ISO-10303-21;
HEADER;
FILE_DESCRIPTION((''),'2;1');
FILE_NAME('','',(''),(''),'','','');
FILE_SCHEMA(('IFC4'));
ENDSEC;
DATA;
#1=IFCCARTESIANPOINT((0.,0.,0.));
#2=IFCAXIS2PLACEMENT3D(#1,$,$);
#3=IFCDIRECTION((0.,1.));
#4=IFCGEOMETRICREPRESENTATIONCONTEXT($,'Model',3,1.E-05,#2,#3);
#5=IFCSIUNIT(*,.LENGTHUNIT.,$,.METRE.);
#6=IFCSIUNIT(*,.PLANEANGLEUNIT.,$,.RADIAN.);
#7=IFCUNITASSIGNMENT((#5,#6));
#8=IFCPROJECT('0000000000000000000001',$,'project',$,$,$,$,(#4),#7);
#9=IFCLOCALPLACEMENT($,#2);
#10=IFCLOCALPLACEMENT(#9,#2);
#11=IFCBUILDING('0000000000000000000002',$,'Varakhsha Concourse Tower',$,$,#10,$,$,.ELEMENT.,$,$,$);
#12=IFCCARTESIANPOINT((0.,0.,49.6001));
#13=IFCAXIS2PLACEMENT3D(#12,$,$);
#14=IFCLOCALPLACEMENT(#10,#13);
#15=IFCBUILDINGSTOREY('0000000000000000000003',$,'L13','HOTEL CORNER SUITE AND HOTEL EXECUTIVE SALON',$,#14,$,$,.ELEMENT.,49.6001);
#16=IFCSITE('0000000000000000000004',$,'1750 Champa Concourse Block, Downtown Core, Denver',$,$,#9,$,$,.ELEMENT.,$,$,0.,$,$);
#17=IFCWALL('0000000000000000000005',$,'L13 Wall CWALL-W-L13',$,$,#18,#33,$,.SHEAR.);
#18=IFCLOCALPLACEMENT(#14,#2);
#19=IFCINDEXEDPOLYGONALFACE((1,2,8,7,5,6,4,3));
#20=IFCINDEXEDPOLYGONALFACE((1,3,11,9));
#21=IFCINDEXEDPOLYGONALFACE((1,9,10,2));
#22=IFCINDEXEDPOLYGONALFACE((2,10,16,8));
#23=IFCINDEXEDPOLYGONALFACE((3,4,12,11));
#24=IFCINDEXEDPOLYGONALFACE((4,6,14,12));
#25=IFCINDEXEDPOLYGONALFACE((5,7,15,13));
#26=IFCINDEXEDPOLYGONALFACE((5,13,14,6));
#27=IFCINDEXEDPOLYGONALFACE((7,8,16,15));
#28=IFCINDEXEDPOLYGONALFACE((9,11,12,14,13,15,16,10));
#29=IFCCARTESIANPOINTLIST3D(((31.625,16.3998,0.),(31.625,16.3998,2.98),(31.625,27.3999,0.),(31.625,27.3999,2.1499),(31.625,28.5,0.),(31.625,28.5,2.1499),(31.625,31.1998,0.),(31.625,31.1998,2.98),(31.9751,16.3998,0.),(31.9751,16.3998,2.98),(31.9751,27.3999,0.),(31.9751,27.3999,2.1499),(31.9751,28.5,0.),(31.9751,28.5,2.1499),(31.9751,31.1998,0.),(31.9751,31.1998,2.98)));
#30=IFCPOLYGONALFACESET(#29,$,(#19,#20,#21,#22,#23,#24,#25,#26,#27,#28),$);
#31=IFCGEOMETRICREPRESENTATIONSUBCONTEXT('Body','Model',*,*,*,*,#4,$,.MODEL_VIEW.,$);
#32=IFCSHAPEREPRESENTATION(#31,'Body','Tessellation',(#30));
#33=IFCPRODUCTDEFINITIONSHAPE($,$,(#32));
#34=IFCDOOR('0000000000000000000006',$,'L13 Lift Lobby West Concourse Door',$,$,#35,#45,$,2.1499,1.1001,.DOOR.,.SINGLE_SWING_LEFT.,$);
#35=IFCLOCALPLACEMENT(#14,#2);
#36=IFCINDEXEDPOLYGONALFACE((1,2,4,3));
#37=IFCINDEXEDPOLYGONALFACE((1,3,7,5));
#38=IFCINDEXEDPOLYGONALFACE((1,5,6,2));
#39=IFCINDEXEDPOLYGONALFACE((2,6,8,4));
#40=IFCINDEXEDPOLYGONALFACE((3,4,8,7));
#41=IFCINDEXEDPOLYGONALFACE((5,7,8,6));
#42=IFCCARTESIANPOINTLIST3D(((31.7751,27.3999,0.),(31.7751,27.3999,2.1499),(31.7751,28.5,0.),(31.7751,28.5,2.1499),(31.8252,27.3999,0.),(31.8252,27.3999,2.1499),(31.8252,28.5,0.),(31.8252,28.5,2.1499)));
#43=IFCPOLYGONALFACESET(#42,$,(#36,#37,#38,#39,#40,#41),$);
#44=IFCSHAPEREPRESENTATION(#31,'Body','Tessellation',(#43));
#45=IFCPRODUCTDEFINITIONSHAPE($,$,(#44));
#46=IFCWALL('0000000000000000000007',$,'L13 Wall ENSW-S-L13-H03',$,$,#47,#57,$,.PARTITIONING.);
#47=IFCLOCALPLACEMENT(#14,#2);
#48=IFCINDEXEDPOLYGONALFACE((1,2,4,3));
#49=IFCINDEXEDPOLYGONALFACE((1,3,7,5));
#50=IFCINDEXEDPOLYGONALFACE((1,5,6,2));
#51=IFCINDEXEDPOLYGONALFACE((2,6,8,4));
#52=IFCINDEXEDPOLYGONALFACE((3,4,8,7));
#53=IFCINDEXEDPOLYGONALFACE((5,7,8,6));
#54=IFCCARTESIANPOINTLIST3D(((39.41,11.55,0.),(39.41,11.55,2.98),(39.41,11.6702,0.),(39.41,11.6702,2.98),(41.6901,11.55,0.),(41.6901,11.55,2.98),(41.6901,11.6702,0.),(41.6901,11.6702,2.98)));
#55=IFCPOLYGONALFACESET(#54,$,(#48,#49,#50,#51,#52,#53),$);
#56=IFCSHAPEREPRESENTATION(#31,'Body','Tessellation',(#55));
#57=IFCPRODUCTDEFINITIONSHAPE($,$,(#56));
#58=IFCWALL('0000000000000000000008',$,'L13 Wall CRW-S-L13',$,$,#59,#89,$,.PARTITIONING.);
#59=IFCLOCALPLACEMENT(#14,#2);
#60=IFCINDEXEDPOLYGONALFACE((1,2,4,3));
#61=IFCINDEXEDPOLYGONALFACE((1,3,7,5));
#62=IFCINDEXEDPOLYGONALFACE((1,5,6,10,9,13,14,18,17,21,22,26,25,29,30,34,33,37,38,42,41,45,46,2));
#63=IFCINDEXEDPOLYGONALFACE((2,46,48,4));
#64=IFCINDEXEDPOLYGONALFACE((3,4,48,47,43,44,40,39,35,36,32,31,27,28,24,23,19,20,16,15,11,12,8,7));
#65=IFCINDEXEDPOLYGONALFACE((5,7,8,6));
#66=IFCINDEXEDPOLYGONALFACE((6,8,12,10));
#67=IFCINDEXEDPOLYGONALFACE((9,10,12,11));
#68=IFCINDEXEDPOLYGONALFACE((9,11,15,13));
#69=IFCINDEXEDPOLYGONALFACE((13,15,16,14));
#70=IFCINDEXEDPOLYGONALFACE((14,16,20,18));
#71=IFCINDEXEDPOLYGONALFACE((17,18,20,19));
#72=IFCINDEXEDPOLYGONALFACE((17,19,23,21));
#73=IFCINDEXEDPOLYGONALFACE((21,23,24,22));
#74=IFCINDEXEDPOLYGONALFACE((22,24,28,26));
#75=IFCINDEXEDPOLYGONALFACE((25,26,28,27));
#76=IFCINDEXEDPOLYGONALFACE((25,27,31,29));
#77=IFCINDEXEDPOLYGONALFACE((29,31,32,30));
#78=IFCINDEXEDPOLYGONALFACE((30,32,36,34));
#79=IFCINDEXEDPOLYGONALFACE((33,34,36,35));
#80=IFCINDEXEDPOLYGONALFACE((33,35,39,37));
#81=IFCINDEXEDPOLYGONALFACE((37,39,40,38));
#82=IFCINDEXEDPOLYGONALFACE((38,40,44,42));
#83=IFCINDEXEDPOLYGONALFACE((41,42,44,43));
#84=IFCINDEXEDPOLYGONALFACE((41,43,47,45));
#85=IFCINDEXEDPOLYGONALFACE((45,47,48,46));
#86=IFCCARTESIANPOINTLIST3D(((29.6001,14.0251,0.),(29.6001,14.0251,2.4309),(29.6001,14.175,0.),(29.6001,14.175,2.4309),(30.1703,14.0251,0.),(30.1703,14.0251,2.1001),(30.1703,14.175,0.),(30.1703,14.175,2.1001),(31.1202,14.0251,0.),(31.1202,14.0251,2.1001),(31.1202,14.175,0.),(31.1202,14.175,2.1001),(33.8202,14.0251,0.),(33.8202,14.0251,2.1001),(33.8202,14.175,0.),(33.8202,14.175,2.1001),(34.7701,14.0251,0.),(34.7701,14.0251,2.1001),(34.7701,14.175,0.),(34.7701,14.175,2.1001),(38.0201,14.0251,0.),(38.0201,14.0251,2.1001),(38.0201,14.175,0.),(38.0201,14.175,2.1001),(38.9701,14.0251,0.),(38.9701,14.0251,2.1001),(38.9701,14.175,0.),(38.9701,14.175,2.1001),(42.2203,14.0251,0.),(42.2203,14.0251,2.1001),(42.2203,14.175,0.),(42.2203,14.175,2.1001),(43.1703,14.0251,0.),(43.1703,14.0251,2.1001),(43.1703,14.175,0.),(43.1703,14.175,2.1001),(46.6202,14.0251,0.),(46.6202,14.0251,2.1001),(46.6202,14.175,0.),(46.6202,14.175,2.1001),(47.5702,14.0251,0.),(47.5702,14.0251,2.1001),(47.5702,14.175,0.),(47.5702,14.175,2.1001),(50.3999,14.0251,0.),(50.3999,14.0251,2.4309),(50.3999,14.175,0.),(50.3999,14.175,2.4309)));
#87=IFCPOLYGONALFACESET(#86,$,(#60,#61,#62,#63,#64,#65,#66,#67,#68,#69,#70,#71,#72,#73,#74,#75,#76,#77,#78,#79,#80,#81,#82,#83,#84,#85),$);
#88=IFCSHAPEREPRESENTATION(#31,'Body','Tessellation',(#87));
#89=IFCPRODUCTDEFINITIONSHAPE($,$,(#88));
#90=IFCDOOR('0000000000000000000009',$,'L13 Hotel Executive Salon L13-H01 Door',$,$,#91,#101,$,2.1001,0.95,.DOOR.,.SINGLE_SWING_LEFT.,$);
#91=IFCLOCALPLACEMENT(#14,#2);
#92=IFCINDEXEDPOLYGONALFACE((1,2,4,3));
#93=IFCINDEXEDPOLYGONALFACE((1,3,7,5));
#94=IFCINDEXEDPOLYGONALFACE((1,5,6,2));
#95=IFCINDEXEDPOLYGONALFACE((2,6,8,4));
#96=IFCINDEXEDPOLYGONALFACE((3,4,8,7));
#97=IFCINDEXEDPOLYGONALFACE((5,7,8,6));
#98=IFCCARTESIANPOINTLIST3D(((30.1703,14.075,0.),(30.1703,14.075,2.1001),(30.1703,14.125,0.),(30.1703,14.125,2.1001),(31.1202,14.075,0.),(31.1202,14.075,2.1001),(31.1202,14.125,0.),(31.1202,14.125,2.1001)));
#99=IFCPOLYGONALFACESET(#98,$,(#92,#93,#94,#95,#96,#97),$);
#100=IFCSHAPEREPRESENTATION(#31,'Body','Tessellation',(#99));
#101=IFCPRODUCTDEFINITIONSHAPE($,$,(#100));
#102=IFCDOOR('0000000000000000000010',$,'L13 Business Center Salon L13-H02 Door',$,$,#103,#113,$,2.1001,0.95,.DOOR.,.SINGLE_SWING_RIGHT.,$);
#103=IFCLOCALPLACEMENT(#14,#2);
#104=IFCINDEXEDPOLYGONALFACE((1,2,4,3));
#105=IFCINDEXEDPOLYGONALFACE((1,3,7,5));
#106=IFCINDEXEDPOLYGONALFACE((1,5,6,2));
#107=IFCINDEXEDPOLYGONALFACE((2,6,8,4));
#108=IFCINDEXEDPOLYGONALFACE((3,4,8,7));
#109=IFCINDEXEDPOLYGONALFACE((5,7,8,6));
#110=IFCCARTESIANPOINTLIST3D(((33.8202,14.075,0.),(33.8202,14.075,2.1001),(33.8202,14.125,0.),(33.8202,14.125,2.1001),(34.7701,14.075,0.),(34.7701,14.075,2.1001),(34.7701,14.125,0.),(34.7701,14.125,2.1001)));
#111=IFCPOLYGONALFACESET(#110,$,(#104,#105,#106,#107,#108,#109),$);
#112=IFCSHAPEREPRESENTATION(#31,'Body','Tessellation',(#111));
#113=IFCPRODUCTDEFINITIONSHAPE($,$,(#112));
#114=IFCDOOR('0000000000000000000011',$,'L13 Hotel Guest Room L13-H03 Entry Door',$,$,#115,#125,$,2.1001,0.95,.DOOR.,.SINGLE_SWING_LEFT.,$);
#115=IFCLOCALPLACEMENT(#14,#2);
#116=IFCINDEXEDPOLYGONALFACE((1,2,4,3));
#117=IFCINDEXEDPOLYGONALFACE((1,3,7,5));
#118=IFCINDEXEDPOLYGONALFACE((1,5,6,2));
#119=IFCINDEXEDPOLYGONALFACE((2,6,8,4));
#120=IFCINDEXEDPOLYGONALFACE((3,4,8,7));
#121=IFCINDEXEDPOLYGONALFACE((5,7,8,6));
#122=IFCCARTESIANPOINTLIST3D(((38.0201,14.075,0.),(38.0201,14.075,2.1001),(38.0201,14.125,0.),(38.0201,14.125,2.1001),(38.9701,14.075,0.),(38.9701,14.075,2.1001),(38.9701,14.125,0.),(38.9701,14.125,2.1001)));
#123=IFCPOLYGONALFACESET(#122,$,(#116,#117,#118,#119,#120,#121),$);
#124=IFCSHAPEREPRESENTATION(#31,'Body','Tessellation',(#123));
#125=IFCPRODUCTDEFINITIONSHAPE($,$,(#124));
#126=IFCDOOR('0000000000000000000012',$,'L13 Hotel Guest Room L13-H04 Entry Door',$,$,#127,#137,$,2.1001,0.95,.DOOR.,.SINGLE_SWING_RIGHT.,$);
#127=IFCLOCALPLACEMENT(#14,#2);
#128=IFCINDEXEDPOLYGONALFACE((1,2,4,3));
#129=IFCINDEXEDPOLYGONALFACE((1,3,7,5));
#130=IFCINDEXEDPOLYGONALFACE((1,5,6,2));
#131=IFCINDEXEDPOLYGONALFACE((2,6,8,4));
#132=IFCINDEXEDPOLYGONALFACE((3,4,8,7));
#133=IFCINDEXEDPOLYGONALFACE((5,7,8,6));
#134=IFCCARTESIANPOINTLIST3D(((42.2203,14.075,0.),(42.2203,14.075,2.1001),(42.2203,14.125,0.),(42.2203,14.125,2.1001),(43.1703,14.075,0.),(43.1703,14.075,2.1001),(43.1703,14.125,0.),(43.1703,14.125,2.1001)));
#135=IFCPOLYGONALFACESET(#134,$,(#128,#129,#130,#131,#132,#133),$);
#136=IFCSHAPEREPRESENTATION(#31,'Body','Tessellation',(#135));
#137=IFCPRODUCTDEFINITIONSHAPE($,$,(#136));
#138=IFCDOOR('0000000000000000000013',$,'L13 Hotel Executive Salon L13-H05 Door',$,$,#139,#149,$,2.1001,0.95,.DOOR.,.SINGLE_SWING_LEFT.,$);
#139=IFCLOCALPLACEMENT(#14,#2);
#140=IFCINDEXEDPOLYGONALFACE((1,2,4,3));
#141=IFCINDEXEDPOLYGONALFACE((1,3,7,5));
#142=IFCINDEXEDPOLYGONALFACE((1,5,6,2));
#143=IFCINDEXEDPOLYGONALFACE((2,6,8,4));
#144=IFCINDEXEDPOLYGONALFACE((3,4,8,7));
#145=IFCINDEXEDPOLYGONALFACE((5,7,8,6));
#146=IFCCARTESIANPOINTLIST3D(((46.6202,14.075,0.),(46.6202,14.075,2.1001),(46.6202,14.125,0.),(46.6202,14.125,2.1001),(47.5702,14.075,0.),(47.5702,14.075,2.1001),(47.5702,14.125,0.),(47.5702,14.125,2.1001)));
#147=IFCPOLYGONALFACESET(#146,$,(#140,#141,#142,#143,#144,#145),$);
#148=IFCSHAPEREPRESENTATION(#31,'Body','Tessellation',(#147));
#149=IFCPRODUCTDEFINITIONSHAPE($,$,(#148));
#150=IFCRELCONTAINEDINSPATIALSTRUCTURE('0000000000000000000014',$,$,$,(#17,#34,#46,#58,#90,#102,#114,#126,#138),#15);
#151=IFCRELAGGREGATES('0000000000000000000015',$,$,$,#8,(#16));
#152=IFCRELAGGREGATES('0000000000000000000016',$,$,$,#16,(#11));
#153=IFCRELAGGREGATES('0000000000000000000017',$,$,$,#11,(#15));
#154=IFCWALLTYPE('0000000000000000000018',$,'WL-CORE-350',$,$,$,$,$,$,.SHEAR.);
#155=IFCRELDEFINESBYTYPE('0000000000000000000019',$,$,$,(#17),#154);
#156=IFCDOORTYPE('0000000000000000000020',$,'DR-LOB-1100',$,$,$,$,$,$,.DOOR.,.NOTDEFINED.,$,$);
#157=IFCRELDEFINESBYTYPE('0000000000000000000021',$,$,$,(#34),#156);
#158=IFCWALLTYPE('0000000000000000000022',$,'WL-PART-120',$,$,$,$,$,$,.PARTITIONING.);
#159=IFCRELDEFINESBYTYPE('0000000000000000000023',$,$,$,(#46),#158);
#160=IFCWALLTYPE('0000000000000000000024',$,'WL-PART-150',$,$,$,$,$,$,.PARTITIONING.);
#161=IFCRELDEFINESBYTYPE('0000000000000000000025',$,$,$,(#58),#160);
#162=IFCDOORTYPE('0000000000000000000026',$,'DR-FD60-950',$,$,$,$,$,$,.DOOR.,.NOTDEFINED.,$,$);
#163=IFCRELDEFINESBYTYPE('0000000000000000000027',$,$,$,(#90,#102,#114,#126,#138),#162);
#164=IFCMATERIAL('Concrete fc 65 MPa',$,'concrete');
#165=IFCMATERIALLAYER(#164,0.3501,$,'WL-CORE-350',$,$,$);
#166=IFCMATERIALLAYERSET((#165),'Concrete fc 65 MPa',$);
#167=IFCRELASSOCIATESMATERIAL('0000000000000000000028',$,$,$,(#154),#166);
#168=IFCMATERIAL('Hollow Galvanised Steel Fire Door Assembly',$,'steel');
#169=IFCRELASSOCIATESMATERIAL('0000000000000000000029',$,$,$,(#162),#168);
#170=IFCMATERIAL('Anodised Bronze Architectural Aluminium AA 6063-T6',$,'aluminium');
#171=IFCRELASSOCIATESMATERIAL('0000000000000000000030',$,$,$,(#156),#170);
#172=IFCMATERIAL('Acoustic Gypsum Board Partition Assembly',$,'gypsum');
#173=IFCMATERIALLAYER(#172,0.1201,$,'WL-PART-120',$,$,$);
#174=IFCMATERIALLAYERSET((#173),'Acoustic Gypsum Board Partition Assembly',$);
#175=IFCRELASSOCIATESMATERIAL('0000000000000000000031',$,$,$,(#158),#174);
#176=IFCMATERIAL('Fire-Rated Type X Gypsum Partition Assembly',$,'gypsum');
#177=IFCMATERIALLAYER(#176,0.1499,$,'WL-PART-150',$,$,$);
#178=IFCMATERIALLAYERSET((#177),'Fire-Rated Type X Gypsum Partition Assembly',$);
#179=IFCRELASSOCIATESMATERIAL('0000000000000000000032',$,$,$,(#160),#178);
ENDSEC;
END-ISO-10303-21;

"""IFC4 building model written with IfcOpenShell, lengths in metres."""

from ifc_helpers import new_model, si_unit, direction, frame, frame_2d, origin, place, context, subcontext, project, spatial, rectangle, extrude, material, layer, layer_set, type_object, element, fill, save


model = new_model("IFC4")

# Units and contexts
model_context = context("Model", 3, precision=1e-05, world=origin(), true_north=direction((0.0, 1.0)))
body_context = subcontext(model_context, "Body", "Model", "MODEL_VIEW")
ifc_project = project(units=[si_unit("LENGTHUNIT", "METRE"), si_unit("PLANEANGLEUNIT", "RADIAN")], contexts=[model_context])

# Site, building, storey
site_placement = place(None, origin())
site = spatial("IfcSite", under=ifc_project, at=site_placement, Name="1750 Champa Concourse Block, Downtown Core, Denver", CompositionType="ELEMENT", RefElevation=0.0)
building_placement = place(site_placement, origin())
building = spatial("IfcBuilding", under=site, at=building_placement, Name="Varakhsha Concourse Tower", CompositionType="ELEMENT")
storey_placement = place(building_placement, frame((0.0, 0.0, 49.6001)))
storey = spatial("IfcBuildingStorey", under=building, at=storey_placement, Name="L13", Description="HOTEL CORNER SUITE AND HOTEL EXECUTIVE SALON", CompositionType="ELEMENT", Elevation=49.6001)

# Shared definitions
ifc_material_1 = material(Name="Concrete fc 65 MPa", Category="concrete")
ifc_layer_1 = layer(ifc_material_1, 0.3501, Name="WL-CORE-350")
ifc_layer_set_1 = layer_set([ifc_layer_1], Name="Concrete fc 65 MPa")
wall_type_1 = type_object("IfcWallType", Name="WL-CORE-350", PredefinedType="SHEAR", material=ifc_layer_set_1)
ifc_material_2 = material(Name="Hollow Galvanised Steel Fire Door Assembly", Category="steel")
door_type_1 = type_object("IfcDoorType", Name="DR-FD60-950", OperationType="NOTDEFINED", PredefinedType="DOOR", material=ifc_material_2)

# Wall, opening, door
wall_1_placement = place(storey_placement, frame((31.8, 16.3999, 0.0), z_axis=(0.0, 0.0, 1.0), x_axis=(0.0, 1.0, 0.0)))
wall_1 = element("IfcWall", 1, at=wall_1_placement, inside=storey, type_object=wall_type_1, Name="L13 Wall CWALL-W-L13", PredefinedType="SHEAR", context=body_context, shape_type="SweptSolid", body=[
    extrude(rectangle(XDim=14.8, YDim=0.3501, at=frame_2d((7.3999, 0.0))), origin(), (0.0, 0.0, 1.0), 2.98),
])
opening_1_placement = place(wall_1_placement, frame((11.0, 0.0, 0.0)))
opening_1 = element("IfcOpeningElement", 2, at=opening_1_placement, cuts=wall_1, PredefinedType="OPENING", context=body_context, shape_type="SweptSolid", body=[
    extrude(rectangle(XDim=1.1001, YDim=2.1499, at=frame_2d((0.55, 1.075))), frame((0.0, 0.1851, 0.0), z_axis=(0.0, -1.0, 0.0), x_axis=(1.0, 0.0, 0.0)), (0.0, 0.0, 1.0), 0.3701),
])
ifc_material_3 = material(Name="Anodised Bronze Architectural Aluminium AA 6063-T6", Category="aluminium")
door_type_2 = type_object("IfcDoorType", Name="DR-LOB-1100", OperationType="NOTDEFINED", PredefinedType="DOOR", material=ifc_material_3)
door_1_placement = place(opening_1_placement, origin())
door_1 = element("IfcDoor", 3, at=door_1_placement, inside=storey, type_object=door_type_2, Name="L13 Lift Lobby West Concourse Door", OperationType="SINGLE_SWING_LEFT", OverallHeight=2.1499, OverallWidth=1.1001, PredefinedType="DOOR", context=body_context, shape_type="SweptSolid", body=[
    extrude(rectangle(XDim=1.1001, YDim=2.1499, at=frame_2d((0.55, 1.075))), frame((0.0, 0.0249, 0.0), z_axis=(0.0, -1.0, 0.0), x_axis=(1.0, 0.0, 0.0)), (0.0, 0.0, 1.0), 0.05),
])
fill(opening_1, door_1)

# Wall
ifc_material_4 = material(Name="Acoustic Gypsum Board Partition Assembly", Category="gypsum")
ifc_layer_2 = layer(ifc_material_4, 0.1201, Name="WL-PART-120")
ifc_layer_set_2 = layer_set([ifc_layer_2], Name="Acoustic Gypsum Board Partition Assembly")
wall_type_2 = type_object("IfcWallType", Name="WL-PART-120", PredefinedType="PARTITIONING", material=ifc_layer_set_2)
wall_2_placement = place(storey_placement, frame((39.4099, 11.6101, 0.0), z_axis=(0.0, 0.0, 1.0), x_axis=(1.0, 0.0, 0.0)))
element("IfcWall", 4, at=wall_2_placement, inside=storey, type_object=wall_type_2, Name="L13 Wall ENSW-S-L13-H03", PredefinedType="PARTITIONING", context=body_context, shape_type="SweptSolid", body=[
    extrude(rectangle(XDim=2.28, YDim=0.1201, at=frame_2d((1.1401, 0.0))), origin(), (0.0, 0.0, 1.0), 2.98),
])

# Wall, openings, doors
ifc_material_5 = material(Name="Fire-Rated Type X Gypsum Partition Assembly", Category="gypsum")
ifc_layer_3 = layer(ifc_material_5, 0.1499, Name="WL-PART-150")
ifc_layer_set_3 = layer_set([ifc_layer_3], Name="Fire-Rated Type X Gypsum Partition Assembly")
wall_type_3 = type_object("IfcWallType", Name="WL-PART-150", PredefinedType="PARTITIONING", material=ifc_layer_set_3)
wall_3_placement = place(storey_placement, frame((29.6001, 14.1001, 0.0), z_axis=(0.0, 0.0, 1.0), x_axis=(1.0, 0.0, 0.0)))
wall_3 = element("IfcWall", 5, at=wall_3_placement, inside=storey, type_object=wall_type_3, Name="L13 Wall CRW-S-L13", PredefinedType="PARTITIONING", context=body_context, shape_type="SweptSolid", body=[
    extrude(rectangle(XDim=20.7998, YDim=0.1499, at=frame_2d((10.3999, 0.0))), origin(), (0.0, 0.0, 1.0), 2.4309),
])
opening_2_placement = place(wall_3_placement, frame((0.5701, 0.0, 0.0)))
opening_2 = element("IfcOpeningElement", 6, at=opening_2_placement, cuts=wall_3, PredefinedType="OPENING", context=body_context, shape_type="SweptSolid", body=[
    extrude(rectangle(XDim=0.95, YDim=2.1001, at=frame_2d((0.4751, 1.05))), frame((0.0, 0.085, 0.0), z_axis=(0.0, -1.0, 0.0), x_axis=(1.0, 0.0, 0.0)), (0.0, 0.0, 1.0), 0.1699),
])
opening_3_placement = place(wall_3_placement, frame((4.22, 0.0, 0.0)))
opening_3 = element("IfcOpeningElement", 7, at=opening_3_placement, cuts=wall_3, PredefinedType="OPENING", context=body_context, shape_type="SweptSolid", body=[
    extrude(rectangle(XDim=0.95, YDim=2.1001, at=frame_2d((0.4751, 1.05))), frame((0.0, 0.085, 0.0), z_axis=(0.0, -1.0, 0.0), x_axis=(1.0, 0.0, 0.0)), (0.0, 0.0, 1.0), 0.1699),
])
opening_4_placement = place(wall_3_placement, frame((8.4199, 0.0, 0.0)))
opening_4 = element("IfcOpeningElement", 8, at=opening_4_placement, cuts=wall_3, PredefinedType="OPENING", context=body_context, shape_type="SweptSolid", body=[
    extrude(rectangle(XDim=0.95, YDim=2.1001, at=frame_2d((0.4751, 1.05))), frame((0.0, 0.085, 0.0), z_axis=(0.0, -1.0, 0.0), x_axis=(1.0, 0.0, 0.0)), (0.0, 0.0, 1.0), 0.1699),
])
opening_5_placement = place(wall_3_placement, frame((12.6201, 0.0, 0.0)))
opening_5 = element("IfcOpeningElement", 9, at=opening_5_placement, cuts=wall_3, PredefinedType="OPENING", context=body_context, shape_type="SweptSolid", body=[
    extrude(rectangle(XDim=0.95, YDim=2.1001, at=frame_2d((0.4751, 1.05))), frame((0.0, 0.085, 0.0), z_axis=(0.0, -1.0, 0.0), x_axis=(1.0, 0.0, 0.0)), (0.0, 0.0, 1.0), 0.1699),
])
opening_6_placement = place(wall_3_placement, frame((17.02, 0.0, 0.0)))
opening_6 = element("IfcOpeningElement", 10, at=opening_6_placement, cuts=wall_3, PredefinedType="OPENING", context=body_context, shape_type="SweptSolid", body=[
    extrude(rectangle(XDim=0.95, YDim=2.1001, at=frame_2d((0.4751, 1.05))), frame((0.0, 0.085, 0.0), z_axis=(0.0, -1.0, 0.0), x_axis=(1.0, 0.0, 0.0)), (0.0, 0.0, 1.0), 0.1699),
])
door_2_placement = place(opening_2_placement, origin())
door_2 = element("IfcDoor", 11, at=door_2_placement, inside=storey, type_object=door_type_1, Name="L13 Hotel Executive Salon L13-H01 Door", OperationType="SINGLE_SWING_LEFT", OverallHeight=2.1001, OverallWidth=0.95, PredefinedType="DOOR", context=body_context, shape_type="SweptSolid", body=[
    extrude(rectangle(XDim=0.95, YDim=2.1001, at=frame_2d((0.4751, 1.05))), frame((0.0, 0.0249, 0.0), z_axis=(0.0, -1.0, 0.0), x_axis=(1.0, 0.0, 0.0)), (0.0, 0.0, 1.0), 0.05),
])
fill(opening_2, door_2)
door_3_placement = place(opening_3_placement, origin())
door_3 = element("IfcDoor", 12, at=door_3_placement, inside=storey, type_object=door_type_1, Name="L13 Business Center Salon L13-H02 Door", OperationType="SINGLE_SWING_RIGHT", OverallHeight=2.1001, OverallWidth=0.95, PredefinedType="DOOR", context=body_context, shape_type="SweptSolid", body=[
    extrude(rectangle(XDim=0.95, YDim=2.1001, at=frame_2d((0.4751, 1.05))), frame((0.0, 0.0249, 0.0), z_axis=(0.0, -1.0, 0.0), x_axis=(1.0, 0.0, 0.0)), (0.0, 0.0, 1.0), 0.05),
])
fill(opening_3, door_3)
door_4_placement = place(opening_4_placement, origin())
door_4 = element("IfcDoor", 13, at=door_4_placement, inside=storey, type_object=door_type_1, Name="L13 Hotel Guest Room L13-H03 Entry Door", OperationType="SINGLE_SWING_LEFT", OverallHeight=2.1001, OverallWidth=0.95, PredefinedType="DOOR", context=body_context, shape_type="SweptSolid", body=[
    extrude(rectangle(XDim=0.95, YDim=2.1001, at=frame_2d((0.4751, 1.05))), frame((0.0, 0.0249, 0.0), z_axis=(0.0, -1.0, 0.0), x_axis=(1.0, 0.0, 0.0)), (0.0, 0.0, 1.0), 0.05),
])
fill(opening_4, door_4)
door_5_placement = place(opening_5_placement, origin())
door_5 = element("IfcDoor", 14, at=door_5_placement, inside=storey, type_object=door_type_1, Name="L13 Hotel Guest Room L13-H04 Entry Door", OperationType="SINGLE_SWING_RIGHT", OverallHeight=2.1001, OverallWidth=0.95, PredefinedType="DOOR", context=body_context, shape_type="SweptSolid", body=[
    extrude(rectangle(XDim=0.95, YDim=2.1001, at=frame_2d((0.4751, 1.05))), frame((0.0, 0.0249, 0.0), z_axis=(0.0, -1.0, 0.0), x_axis=(1.0, 0.0, 0.0)), (0.0, 0.0, 1.0), 0.05),
])
fill(opening_5, door_5)
door_6_placement = place(opening_6_placement, origin())
door_6 = element("IfcDoor", 15, at=door_6_placement, inside=storey, type_object=door_type_1, Name="L13 Hotel Executive Salon L13-H05 Door", OperationType="SINGLE_SWING_LEFT", OverallHeight=2.1001, OverallWidth=0.95, PredefinedType="DOOR", context=body_context, shape_type="SweptSolid", body=[
    extrude(rectangle(XDim=0.95, YDim=2.1001, at=frame_2d((0.4751, 1.05))), frame((0.0, 0.0249, 0.0), z_axis=(0.0, -1.0, 0.0), x_axis=(1.0, 0.0, 0.0)), (0.0, 0.0, 1.0), 0.05),
])
fill(opening_6, door_6)

save(model, "model.ifc")
